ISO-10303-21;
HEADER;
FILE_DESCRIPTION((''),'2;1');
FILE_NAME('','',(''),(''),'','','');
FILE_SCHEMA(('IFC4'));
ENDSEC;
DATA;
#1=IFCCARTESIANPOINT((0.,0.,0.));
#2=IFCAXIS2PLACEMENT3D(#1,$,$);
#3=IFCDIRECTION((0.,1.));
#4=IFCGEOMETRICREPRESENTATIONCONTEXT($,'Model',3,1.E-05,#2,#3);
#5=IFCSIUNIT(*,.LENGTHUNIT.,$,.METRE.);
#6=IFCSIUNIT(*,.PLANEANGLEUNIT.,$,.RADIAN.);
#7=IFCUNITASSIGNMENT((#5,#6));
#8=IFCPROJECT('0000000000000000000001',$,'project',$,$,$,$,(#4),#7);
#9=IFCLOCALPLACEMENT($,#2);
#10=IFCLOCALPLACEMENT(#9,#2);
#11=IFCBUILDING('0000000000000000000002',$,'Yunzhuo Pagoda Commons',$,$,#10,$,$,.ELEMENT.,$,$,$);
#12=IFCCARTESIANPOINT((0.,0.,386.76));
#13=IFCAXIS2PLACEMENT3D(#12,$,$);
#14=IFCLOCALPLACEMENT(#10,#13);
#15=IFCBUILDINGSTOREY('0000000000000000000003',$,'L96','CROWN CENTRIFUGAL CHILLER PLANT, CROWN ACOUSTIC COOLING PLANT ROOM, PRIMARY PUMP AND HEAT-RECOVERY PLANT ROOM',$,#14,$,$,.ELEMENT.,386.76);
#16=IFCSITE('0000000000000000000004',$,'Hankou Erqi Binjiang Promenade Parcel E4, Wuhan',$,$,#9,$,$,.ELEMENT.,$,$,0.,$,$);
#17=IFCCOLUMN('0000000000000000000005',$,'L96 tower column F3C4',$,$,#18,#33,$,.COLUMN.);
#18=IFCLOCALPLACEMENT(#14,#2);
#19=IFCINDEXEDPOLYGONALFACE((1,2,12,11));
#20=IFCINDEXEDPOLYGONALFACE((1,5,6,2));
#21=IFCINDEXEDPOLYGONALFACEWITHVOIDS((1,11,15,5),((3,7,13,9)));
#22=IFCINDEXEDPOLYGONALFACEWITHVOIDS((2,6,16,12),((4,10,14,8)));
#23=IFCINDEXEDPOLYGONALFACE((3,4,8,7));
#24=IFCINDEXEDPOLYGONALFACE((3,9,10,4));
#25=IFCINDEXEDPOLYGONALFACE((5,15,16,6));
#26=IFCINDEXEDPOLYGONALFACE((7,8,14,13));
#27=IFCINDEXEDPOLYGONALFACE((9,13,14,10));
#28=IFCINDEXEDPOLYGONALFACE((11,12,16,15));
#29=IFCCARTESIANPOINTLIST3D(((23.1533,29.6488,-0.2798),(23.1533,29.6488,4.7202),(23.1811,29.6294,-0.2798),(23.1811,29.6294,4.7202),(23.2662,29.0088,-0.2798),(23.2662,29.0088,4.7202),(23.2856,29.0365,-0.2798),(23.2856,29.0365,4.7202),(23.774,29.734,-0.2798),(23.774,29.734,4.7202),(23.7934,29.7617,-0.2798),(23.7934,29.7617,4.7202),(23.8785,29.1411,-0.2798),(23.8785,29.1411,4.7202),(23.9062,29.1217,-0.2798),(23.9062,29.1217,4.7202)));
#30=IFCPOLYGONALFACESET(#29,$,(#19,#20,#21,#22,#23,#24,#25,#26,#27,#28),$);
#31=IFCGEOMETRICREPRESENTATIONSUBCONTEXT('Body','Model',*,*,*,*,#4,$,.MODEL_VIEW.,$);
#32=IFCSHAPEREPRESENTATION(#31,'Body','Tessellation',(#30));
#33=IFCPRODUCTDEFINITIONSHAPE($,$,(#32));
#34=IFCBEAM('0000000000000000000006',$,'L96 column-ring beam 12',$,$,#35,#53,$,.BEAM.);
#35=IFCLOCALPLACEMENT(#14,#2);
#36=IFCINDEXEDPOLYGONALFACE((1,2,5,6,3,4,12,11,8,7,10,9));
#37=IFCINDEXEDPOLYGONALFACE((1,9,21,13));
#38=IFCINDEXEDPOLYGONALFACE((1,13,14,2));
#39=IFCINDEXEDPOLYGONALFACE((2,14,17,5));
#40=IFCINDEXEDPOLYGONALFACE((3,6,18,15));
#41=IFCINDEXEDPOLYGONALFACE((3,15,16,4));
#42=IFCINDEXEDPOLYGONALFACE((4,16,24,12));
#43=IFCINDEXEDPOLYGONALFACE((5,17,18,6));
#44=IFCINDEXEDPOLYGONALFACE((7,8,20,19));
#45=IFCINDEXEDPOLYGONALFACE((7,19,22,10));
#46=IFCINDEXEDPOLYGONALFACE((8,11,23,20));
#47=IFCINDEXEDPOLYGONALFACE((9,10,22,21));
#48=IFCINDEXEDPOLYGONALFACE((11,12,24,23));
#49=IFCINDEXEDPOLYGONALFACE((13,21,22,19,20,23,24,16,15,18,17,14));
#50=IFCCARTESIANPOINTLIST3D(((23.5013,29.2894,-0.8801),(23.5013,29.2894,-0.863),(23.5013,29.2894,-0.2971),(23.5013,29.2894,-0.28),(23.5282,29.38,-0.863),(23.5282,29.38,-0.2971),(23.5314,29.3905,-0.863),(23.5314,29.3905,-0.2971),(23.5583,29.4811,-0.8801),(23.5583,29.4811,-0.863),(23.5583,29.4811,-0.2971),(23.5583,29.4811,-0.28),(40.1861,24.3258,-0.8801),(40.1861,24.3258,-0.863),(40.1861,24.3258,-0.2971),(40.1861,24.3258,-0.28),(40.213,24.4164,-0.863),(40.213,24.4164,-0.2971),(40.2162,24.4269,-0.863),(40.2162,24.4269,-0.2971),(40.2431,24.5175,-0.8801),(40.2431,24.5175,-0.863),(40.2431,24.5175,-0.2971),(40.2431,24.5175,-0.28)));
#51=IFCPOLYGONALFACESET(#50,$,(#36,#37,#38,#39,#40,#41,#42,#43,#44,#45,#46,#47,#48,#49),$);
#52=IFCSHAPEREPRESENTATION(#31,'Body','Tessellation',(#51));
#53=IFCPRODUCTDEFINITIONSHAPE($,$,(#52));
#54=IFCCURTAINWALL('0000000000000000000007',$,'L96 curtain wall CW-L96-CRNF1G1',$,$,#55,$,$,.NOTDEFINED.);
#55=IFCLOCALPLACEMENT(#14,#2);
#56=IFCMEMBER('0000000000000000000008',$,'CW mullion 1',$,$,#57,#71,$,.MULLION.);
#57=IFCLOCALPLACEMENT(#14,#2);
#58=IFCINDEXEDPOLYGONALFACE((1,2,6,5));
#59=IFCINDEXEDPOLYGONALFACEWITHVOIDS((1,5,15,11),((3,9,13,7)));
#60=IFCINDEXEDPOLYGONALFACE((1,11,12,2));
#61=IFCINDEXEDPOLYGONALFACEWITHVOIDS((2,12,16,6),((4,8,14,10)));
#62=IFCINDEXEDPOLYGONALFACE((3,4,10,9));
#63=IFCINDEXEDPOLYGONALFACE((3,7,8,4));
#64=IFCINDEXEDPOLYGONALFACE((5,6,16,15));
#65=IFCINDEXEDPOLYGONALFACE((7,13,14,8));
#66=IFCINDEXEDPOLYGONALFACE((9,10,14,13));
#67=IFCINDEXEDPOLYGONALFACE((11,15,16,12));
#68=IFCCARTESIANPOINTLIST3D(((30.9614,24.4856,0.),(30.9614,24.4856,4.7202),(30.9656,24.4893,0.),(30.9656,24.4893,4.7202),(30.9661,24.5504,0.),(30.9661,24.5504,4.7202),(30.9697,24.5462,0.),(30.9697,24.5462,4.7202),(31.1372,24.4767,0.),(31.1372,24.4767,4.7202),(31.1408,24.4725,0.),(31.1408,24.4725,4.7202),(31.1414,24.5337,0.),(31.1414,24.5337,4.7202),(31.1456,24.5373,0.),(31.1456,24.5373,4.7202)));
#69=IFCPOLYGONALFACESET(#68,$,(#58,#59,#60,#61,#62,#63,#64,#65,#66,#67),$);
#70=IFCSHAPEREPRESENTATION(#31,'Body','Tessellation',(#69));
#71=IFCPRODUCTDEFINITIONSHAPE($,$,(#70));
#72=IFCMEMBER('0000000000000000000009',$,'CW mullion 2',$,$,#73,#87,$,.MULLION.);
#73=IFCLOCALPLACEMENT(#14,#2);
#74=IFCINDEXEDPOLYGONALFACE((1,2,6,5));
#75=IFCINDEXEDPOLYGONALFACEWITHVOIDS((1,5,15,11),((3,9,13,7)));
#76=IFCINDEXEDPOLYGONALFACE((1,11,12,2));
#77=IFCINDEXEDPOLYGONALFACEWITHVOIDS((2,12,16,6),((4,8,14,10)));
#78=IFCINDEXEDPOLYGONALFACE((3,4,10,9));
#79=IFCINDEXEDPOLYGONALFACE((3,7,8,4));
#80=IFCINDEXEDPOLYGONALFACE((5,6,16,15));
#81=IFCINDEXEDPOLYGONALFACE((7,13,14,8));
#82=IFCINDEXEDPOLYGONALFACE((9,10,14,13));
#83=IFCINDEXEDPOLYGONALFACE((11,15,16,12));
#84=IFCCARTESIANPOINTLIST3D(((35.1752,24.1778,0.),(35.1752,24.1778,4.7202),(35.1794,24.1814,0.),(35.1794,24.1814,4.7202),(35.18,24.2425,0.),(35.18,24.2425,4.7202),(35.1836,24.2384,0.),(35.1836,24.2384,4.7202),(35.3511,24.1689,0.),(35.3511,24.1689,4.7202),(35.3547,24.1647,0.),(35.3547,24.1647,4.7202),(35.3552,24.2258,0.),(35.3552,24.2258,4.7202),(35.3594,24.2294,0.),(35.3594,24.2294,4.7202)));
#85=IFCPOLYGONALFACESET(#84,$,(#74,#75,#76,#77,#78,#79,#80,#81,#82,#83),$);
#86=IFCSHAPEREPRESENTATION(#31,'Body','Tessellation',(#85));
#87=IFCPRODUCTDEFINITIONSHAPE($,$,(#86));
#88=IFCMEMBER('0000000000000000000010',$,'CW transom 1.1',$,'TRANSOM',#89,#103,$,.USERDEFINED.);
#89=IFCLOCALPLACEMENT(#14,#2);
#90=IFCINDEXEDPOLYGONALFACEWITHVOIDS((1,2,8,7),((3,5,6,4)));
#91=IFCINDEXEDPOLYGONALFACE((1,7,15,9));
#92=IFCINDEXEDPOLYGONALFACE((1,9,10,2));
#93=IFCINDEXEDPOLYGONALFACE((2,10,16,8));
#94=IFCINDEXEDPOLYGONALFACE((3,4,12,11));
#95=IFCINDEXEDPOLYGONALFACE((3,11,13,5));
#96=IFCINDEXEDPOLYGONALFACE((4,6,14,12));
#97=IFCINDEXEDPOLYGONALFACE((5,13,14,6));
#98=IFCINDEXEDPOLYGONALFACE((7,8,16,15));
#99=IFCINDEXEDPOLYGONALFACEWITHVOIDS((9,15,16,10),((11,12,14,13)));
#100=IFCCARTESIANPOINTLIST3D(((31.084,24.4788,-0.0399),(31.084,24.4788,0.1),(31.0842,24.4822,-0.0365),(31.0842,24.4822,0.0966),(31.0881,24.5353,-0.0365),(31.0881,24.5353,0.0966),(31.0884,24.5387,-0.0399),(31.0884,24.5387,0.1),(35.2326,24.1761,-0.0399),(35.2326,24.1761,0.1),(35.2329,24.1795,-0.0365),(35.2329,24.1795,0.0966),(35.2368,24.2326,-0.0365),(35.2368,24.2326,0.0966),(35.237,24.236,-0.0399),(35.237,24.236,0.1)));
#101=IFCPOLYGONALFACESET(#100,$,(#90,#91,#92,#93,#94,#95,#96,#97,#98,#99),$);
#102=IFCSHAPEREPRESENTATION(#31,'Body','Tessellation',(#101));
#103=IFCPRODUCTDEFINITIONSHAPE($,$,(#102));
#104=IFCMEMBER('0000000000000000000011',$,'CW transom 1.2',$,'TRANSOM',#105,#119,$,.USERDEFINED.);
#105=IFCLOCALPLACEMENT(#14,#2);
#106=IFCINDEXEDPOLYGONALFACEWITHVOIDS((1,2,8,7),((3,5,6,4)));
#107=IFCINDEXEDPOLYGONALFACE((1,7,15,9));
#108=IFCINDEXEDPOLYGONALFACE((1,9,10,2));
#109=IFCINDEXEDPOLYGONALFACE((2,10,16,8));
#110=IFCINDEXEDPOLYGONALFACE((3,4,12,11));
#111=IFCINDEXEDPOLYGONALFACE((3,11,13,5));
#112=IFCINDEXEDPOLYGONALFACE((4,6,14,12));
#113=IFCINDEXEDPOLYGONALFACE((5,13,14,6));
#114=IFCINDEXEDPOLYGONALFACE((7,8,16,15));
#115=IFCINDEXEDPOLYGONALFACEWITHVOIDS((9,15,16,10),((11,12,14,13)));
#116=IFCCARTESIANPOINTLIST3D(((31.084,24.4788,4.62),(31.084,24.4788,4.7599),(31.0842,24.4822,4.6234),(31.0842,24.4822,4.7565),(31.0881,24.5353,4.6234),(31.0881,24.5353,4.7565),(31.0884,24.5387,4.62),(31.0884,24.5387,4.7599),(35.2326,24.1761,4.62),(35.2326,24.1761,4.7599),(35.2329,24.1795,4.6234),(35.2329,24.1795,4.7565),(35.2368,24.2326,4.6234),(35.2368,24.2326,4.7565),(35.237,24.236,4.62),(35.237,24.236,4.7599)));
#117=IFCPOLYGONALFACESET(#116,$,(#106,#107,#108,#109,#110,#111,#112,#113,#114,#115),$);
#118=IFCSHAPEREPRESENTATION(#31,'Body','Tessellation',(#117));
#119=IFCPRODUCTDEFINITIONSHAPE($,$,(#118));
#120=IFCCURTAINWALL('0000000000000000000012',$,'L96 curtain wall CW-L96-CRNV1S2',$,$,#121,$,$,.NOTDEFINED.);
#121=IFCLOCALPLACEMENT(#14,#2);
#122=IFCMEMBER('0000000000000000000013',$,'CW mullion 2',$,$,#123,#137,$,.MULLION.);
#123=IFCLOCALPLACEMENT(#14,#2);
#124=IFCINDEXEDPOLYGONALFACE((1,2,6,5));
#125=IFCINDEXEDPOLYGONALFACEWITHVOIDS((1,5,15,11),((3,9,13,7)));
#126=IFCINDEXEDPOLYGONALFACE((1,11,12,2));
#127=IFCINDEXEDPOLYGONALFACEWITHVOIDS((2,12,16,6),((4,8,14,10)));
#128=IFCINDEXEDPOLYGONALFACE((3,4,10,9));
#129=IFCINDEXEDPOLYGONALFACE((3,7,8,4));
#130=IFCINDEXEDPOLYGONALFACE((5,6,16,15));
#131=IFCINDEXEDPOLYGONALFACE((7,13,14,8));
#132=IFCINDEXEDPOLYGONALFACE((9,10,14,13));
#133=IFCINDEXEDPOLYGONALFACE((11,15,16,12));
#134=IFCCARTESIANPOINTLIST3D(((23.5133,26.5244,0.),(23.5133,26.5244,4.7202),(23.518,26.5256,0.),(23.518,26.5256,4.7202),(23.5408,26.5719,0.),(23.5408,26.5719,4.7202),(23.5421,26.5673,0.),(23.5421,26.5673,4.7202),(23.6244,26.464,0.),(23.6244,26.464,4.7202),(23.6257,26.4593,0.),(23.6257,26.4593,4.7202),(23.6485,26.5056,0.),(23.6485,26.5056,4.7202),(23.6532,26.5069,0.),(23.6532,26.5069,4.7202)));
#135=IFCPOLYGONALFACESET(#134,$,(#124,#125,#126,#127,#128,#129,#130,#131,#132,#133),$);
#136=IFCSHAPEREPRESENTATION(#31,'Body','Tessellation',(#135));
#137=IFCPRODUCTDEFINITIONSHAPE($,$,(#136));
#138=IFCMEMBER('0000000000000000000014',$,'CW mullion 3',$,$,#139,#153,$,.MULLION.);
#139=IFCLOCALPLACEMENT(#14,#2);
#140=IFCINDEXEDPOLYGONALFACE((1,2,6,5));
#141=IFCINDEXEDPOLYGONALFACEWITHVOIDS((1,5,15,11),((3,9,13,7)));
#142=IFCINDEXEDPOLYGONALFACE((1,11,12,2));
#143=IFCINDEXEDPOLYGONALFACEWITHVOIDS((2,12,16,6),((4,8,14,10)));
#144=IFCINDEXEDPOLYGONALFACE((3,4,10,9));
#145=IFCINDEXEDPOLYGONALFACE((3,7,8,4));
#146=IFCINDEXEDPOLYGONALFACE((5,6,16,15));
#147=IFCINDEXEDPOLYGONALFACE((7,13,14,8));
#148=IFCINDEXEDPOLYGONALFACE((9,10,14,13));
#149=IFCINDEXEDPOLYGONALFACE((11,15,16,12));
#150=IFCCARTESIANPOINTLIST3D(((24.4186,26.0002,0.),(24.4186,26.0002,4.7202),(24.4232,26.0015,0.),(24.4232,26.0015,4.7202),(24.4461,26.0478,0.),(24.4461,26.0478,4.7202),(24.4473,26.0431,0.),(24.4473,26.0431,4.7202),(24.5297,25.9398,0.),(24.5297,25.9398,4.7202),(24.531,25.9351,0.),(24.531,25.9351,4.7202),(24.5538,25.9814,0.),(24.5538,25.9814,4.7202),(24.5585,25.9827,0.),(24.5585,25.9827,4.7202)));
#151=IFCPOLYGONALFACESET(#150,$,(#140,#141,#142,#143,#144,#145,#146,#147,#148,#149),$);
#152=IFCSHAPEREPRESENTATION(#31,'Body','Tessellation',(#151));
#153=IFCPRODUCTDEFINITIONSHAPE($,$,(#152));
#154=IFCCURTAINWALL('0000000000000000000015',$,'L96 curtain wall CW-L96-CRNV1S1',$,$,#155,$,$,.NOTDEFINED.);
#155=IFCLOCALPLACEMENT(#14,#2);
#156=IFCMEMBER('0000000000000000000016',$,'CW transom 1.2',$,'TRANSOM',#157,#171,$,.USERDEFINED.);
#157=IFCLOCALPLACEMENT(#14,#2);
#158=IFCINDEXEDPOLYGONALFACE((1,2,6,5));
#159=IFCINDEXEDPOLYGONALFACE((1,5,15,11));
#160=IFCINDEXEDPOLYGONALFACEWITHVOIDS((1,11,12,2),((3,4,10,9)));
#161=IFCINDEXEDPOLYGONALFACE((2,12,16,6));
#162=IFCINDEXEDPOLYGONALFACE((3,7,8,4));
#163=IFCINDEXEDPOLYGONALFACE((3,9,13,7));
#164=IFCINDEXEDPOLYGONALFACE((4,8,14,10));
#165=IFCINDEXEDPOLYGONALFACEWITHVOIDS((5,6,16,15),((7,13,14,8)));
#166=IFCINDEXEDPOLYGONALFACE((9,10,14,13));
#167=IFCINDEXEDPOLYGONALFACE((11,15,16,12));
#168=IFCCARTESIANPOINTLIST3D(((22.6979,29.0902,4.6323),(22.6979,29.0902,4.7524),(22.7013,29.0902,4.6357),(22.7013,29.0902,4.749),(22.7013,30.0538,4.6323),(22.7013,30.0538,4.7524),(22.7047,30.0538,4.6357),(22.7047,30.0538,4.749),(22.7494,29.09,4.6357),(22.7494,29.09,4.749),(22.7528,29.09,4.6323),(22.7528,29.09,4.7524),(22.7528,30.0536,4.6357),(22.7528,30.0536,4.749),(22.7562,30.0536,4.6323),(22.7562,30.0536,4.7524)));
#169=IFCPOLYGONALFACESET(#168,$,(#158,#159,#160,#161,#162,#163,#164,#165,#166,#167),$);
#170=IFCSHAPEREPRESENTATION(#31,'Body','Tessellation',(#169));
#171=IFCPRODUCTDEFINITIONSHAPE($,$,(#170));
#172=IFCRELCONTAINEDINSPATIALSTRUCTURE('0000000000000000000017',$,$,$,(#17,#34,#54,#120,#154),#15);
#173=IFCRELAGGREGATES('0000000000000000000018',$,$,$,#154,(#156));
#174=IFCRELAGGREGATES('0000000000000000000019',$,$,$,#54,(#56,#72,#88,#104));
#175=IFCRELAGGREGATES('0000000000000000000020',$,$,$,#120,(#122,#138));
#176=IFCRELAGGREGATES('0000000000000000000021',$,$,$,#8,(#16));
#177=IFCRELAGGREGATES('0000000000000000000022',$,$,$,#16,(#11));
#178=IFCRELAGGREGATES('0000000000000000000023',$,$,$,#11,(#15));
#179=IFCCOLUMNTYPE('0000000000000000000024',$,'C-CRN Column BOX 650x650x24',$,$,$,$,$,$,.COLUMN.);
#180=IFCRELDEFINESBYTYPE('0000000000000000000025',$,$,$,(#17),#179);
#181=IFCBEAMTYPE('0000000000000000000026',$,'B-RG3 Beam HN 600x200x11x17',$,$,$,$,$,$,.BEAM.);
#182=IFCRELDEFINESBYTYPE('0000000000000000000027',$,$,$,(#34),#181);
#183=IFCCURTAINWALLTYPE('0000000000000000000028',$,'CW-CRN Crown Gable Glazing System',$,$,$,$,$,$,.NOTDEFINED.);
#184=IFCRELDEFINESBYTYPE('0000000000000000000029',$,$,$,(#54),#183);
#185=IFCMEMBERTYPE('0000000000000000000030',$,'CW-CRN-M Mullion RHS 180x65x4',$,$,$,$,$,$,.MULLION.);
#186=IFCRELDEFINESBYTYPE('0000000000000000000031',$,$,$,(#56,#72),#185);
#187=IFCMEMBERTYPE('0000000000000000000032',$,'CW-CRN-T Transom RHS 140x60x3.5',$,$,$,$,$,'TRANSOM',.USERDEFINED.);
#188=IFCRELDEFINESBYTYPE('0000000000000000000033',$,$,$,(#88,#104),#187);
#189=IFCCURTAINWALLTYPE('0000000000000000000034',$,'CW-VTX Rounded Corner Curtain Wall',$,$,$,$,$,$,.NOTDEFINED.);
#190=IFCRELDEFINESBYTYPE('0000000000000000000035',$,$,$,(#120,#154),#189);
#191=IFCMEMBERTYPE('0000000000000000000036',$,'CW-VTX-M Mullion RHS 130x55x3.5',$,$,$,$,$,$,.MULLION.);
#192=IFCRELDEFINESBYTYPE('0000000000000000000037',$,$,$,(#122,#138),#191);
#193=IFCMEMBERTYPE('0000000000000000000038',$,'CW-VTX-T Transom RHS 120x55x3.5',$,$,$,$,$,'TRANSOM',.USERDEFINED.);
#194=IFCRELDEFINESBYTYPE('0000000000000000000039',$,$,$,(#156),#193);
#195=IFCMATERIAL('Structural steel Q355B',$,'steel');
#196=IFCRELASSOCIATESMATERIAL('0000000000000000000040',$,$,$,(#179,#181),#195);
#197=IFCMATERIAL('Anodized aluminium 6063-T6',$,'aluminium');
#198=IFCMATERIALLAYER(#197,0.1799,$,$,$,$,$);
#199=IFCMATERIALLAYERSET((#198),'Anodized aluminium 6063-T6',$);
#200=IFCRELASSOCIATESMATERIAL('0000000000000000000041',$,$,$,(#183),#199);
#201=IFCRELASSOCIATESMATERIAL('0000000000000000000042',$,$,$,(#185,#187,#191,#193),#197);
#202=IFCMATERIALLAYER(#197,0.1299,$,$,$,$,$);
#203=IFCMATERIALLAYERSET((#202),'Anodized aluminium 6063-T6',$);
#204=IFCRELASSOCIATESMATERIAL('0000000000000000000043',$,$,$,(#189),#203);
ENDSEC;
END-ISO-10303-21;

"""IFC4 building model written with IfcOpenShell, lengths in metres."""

from ifc_helpers import new_model, si_unit, direction, frame, origin, origin_2d, place, context, subcontext, project, spatial, hollow_rectangle, i_section, extrude, source, transform, mapped, material, layer, layer_set, material_profile, profile_set, type_object, element, aggregate, save


model = new_model("IFC4")

# Units and contexts
model_context = context("Model", 3, precision=1e-05, world=origin(), true_north=direction((0.0, 1.0)))
body_context = subcontext(model_context, "Body", "Model", "MODEL_VIEW")
ifc_project = project(units=[si_unit("LENGTHUNIT", "METRE"), si_unit("PLANEANGLEUNIT", "RADIAN")], contexts=[model_context])

# Site, building, storey
site_placement = place(None, origin())
site = spatial("IfcSite", under=ifc_project, at=site_placement, Name="Hankou Erqi Binjiang Promenade Parcel E4, Wuhan", CompositionType="ELEMENT", RefElevation=0.0)
building_placement = place(site_placement, origin())
building = spatial("IfcBuilding", under=site, at=building_placement, Name="Yunzhuo Pagoda Commons", CompositionType="ELEMENT")
storey_placement = place(building_placement, frame((0.0, 0.0, 386.76)))
storey = spatial("IfcBuildingStorey", under=building, at=storey_placement, Name="L96", Description="CROWN CENTRIFUGAL CHILLER PLANT, CROWN ACOUSTIC COOLING PLANT ROOM, PRIMARY PUMP AND HEAT-RECOVERY PLANT ROOM", CompositionType="ELEMENT", Elevation=386.76)

# Column
ifc_material_1 = material(Name="Structural steel Q355B", Category="steel")
ifc_material_profile_1 = material_profile(ifc_material_1, hollow_rectangle(XDim=0.6499, YDim=0.6499, WallThickness=0.0239, at=origin_2d()), Name="Structural steel Q355B")
ifc_profile_set_1 = profile_set([ifc_material_profile_1], Name="Structural steel Q355B")
column_type = type_object("IfcColumnType", Name="C-CRN Column BOX 650x650x24", PredefinedType="COLUMN", material=ifc_profile_set_1)
shared_shape_1 = source(origin(), body_context, "Body", "SweptSolid", [
    extrude(hollow_rectangle(XDim=0.6499, YDim=0.6499, WallThickness=0.0239, at=origin_2d()), origin(), (0.0, 0.0, 1.0), 5.0),
])
column_placement = place(storey_placement, frame((23.5298, 29.3853, -0.2798), z_axis=(0.0, 0.0, 1.0), x_axis=(0.173648, -0.984808, 0.0)))
element("IfcColumn", 1, at=column_placement, inside=storey, type_object=column_type, Name="L96 tower column F3C4", PredefinedType="COLUMN", context=body_context, shape_type="MappedRepresentation", body=[
    mapped(shared_shape_1, transform((0.0, 0.0, 0.0), scale=1.0)),
])

# Beam
ifc_material_profile_2 = material_profile(ifc_material_1, i_section(OverallWidth=0.2, OverallDepth=0.6001, WebThickness=0.011, FlangeThickness=0.0171, at=origin_2d()), Name="Structural steel Q355B")
ifc_profile_set_2 = profile_set([ifc_material_profile_2], Name="Structural steel Q355B")
beam_type = type_object("IfcBeamType", Name="B-RG3 Beam HN 600x200x11x17", PredefinedType="BEAM", material=ifc_profile_set_2)
shared_shape_2 = source(origin(), body_context, "Body", "SweptSolid", [
    extrude(i_section(OverallWidth=0.2, OverallDepth=0.6001, WebThickness=0.011, FlangeThickness=0.0171, at=origin_2d()), origin(), (0.0, 0.0, 1.0), 17.4075),
])
beam_placement = place(storey_placement, frame((23.5298, 29.3853, -0.5801), z_axis=(0.958485, -0.285143, 0.0), x_axis=(0.285143, 0.958485, 0.0)))
element("IfcBeam", 2, at=beam_placement, inside=storey, type_object=beam_type, Name="L96 column-ring beam 12", PredefinedType="BEAM", context=body_context, shape_type="MappedRepresentation", body=[
    mapped(shared_shape_2, transform((0.0, 0.0, 0.0), scale=1.0)),
])

# Curtain walls, members
ifc_material_2 = material(Name="Anodized aluminium 6063-T6", Category="aluminium")
ifc_layer_1 = layer(ifc_material_2, 0.1799)
ifc_layer_set_1 = layer_set([ifc_layer_1], Name="Anodized aluminium 6063-T6")
curtain_wall_type_1 = type_object("IfcCurtainWallType", Name="CW-CRN Crown Gable Glazing System", PredefinedType="NOTDEFINED", material=ifc_layer_set_1)
curtain_wall_1_placement = place(storey_placement, origin())
curtain_wall_1 = element("IfcCurtainWall", 3, at=curtain_wall_1_placement, inside=storey, type_object=curtain_wall_type_1, Name="L96 curtain wall CW-L96-CRNF1G1", PredefinedType="NOTDEFINED")
ifc_material_profile_3 = material_profile(ifc_material_2, hollow_rectangle(XDim=0.0649, YDim=0.1799, WallThickness=0.0039, at=origin_2d()), Name="Anodized aluminium 6063-T6")
ifc_profile_set_3 = profile_set([ifc_material_profile_3], Name="Anodized aluminium 6063-T6")
member_type_1 = type_object("IfcMemberType", Name="CW-CRN-M Mullion RHS 180x65x4", PredefinedType="MULLION", material=ifc_profile_set_3)
shared_shape_3 = source(origin(), body_context, "Body", "SweptSolid", [
    extrude(hollow_rectangle(XDim=0.0649, YDim=0.1799, WallThickness=0.0039, at=origin_2d()), origin(), (0.0, 0.0, 1.0), 4.7202),
])
member_1_placement = place(storey_placement, frame((31.0535, 24.5115, 0.0), z_axis=(0.0, 0.0, 1.0), x_axis=(0.072796, 0.997347, 0.0)))
member_1 = element("IfcMember", 4, at=member_1_placement, type_object=member_type_1, Name="CW mullion 1", PredefinedType="MULLION", context=body_context, shape_type="MappedRepresentation", body=[
    mapped(shared_shape_3, transform((0.0, 0.0, 0.0), scale=1.0)),
])
member_2_placement = place(storey_placement, frame((35.2673, 24.2036, 0.0), z_axis=(0.0, 0.0, 1.0), x_axis=(0.072796, 0.997347, 0.0)))
member_2 = element("IfcMember", 5, at=member_2_placement, type_object=member_type_1, Name="CW mullion 2", PredefinedType="MULLION", context=body_context, shape_type="MappedRepresentation", body=[
    mapped(shared_shape_3, transform((0.0, 0.0, 0.0), scale=1.0)),
])
ifc_material_profile_4 = material_profile(ifc_material_2, hollow_rectangle(XDim=0.0601, YDim=0.1399, WallThickness=0.0034, at=origin_2d()), Name="Anodized aluminium 6063-T6")
ifc_profile_set_4 = profile_set([ifc_material_profile_4], Name="Anodized aluminium 6063-T6")
member_type_2 = type_object("IfcMemberType", Name="CW-CRN-T Transom RHS 140x60x3.5", ElementType="TRANSOM", PredefinedType="USERDEFINED", material=ifc_profile_set_4)
shared_shape_4 = source(origin(), body_context, "Body", "SweptSolid", [
    extrude(hollow_rectangle(XDim=0.0601, YDim=0.1399, WallThickness=0.0034, at=origin_2d()), origin(), (0.0, 0.0, 1.0), 4.1597),
])
member_3_placement = place(storey_placement, frame((31.0862, 24.5088, 0.03), z_axis=(0.997348, -0.072778, 0.0), x_axis=(0.072778, 0.997348, 0.0)))
member_3 = element("IfcMember", 6, at=member_3_placement, type_object=member_type_2, Name="CW transom 1.1", ObjectType="TRANSOM", PredefinedType="USERDEFINED", context=body_context, shape_type="MappedRepresentation", body=[
    mapped(shared_shape_4, transform((0.0, 0.0, 0.0), scale=1.0)),
])
member_4_placement = place(storey_placement, frame((31.0862, 24.5088, 4.6899), z_axis=(0.997348, -0.072778, 0.0), x_axis=(0.072778, 0.997348, 0.0)))
member_4 = element("IfcMember", 7, at=member_4_placement, type_object=member_type_2, Name="CW transom 1.2", ObjectType="TRANSOM", PredefinedType="USERDEFINED", context=body_context, shape_type="MappedRepresentation", body=[
    mapped(shared_shape_4, transform((0.0, 0.0, 0.0), scale=1.0)),
])
ifc_layer_2 = layer(ifc_material_2, 0.1299)
ifc_layer_set_2 = layer_set([ifc_layer_2], Name="Anodized aluminium 6063-T6")
curtain_wall_type_2 = type_object("IfcCurtainWallType", Name="CW-VTX Rounded Corner Curtain Wall", PredefinedType="NOTDEFINED", material=ifc_layer_set_2)
curtain_wall_2_placement = place(storey_placement, origin())
curtain_wall_2 = element("IfcCurtainWall", 8, at=curtain_wall_2_placement, inside=storey, type_object=curtain_wall_type_2, Name="L96 curtain wall CW-L96-CRNV1S2", PredefinedType="NOTDEFINED")
ifc_material_profile_5 = material_profile(ifc_material_2, hollow_rectangle(XDim=0.0549, YDim=0.1299, WallThickness=0.0034, at=origin_2d()), Name="Anodized aluminium 6063-T6")
ifc_profile_set_5 = profile_set([ifc_material_profile_5], Name="Anodized aluminium 6063-T6")
member_type_3 = type_object("IfcMemberType", Name="CW-VTX-M Mullion RHS 130x55x3.5", PredefinedType="MULLION", material=ifc_profile_set_5)
shared_shape_5 = source(origin(), body_context, "Body", "SweptSolid", [
    extrude(hollow_rectangle(XDim=0.0549, YDim=0.1299, WallThickness=0.0034, at=origin_2d()), origin(), (0.0, 0.0, 1.0), 4.7202),
])
member_5_placement = place(storey_placement, frame((23.5833, 26.5156, 0.0), z_axis=(0.0, 0.0, 1.0), x_axis=(0.501041, 0.865423, 0.0)))
member_5 = element("IfcMember", 9, at=member_5_placement, type_object=member_type_3, Name="CW mullion 2", PredefinedType="MULLION", context=body_context, shape_type="MappedRepresentation", body=[
    mapped(shared_shape_5, transform((0.0, 0.0, 0.0), scale=1.0)),
])
member_6_placement = place(storey_placement, frame((24.4885, 25.9915, 0.0), z_axis=(0.0, 0.0, 1.0), x_axis=(0.501041, 0.865423, 0.0)))
member_6 = element("IfcMember", 10, at=member_6_placement, type_object=member_type_3, Name="CW mullion 3", PredefinedType="MULLION", context=body_context, shape_type="MappedRepresentation", body=[
    mapped(shared_shape_5, transform((0.0, 0.0, 0.0), scale=1.0)),
])

# Curtain wall, member
curtain_wall_3_placement = place(storey_placement, origin())
curtain_wall_3 = element("IfcCurtainWall", 11, at=curtain_wall_3_placement, inside=storey, type_object=curtain_wall_type_2, Name="L96 curtain wall CW-L96-CRNV1S1", PredefinedType="NOTDEFINED")
ifc_material_profile_6 = material_profile(ifc_material_2, hollow_rectangle(XDim=0.0549, YDim=0.1201, WallThickness=0.0034, at=origin_2d()), Name="Anodized aluminium 6063-T6")
ifc_profile_set_6 = profile_set([ifc_material_profile_6], Name="Anodized aluminium 6063-T6")
member_type_4 = type_object("IfcMemberType", Name="CW-VTX-T Transom RHS 120x55x3.5", ElementType="TRANSOM", PredefinedType="USERDEFINED", material=ifc_profile_set_6)
shared_shape_6 = source(origin(), body_context, "Body", "SweptSolid", [
    extrude(hollow_rectangle(XDim=0.0549, YDim=0.1201, WallThickness=0.0034, at=origin_2d()), origin(), (0.0, 0.0, 1.0), 0.9636),
])
member_7_placement = place(storey_placement, frame((22.7288, 30.0537, 4.6924), z_axis=(-0.003547, -0.999994, 0.0), x_axis=(0.999994, -0.003547, 0.0)))
member_7 = element("IfcMember", 12, at=member_7_placement, type_object=member_type_4, Name="CW transom 1.2", ObjectType="TRANSOM", PredefinedType="USERDEFINED", context=body_context, shape_type="MappedRepresentation", body=[
    mapped(shared_shape_6, transform((0.0, 0.0, 0.0), scale=1.0)),
])
aggregate(curtain_wall_3, [member_7])

aggregate(curtain_wall_1, [member_1, member_2, member_3, member_4])
aggregate(curtain_wall_2, [member_5, member_6])

save(model, "model.ifc")
